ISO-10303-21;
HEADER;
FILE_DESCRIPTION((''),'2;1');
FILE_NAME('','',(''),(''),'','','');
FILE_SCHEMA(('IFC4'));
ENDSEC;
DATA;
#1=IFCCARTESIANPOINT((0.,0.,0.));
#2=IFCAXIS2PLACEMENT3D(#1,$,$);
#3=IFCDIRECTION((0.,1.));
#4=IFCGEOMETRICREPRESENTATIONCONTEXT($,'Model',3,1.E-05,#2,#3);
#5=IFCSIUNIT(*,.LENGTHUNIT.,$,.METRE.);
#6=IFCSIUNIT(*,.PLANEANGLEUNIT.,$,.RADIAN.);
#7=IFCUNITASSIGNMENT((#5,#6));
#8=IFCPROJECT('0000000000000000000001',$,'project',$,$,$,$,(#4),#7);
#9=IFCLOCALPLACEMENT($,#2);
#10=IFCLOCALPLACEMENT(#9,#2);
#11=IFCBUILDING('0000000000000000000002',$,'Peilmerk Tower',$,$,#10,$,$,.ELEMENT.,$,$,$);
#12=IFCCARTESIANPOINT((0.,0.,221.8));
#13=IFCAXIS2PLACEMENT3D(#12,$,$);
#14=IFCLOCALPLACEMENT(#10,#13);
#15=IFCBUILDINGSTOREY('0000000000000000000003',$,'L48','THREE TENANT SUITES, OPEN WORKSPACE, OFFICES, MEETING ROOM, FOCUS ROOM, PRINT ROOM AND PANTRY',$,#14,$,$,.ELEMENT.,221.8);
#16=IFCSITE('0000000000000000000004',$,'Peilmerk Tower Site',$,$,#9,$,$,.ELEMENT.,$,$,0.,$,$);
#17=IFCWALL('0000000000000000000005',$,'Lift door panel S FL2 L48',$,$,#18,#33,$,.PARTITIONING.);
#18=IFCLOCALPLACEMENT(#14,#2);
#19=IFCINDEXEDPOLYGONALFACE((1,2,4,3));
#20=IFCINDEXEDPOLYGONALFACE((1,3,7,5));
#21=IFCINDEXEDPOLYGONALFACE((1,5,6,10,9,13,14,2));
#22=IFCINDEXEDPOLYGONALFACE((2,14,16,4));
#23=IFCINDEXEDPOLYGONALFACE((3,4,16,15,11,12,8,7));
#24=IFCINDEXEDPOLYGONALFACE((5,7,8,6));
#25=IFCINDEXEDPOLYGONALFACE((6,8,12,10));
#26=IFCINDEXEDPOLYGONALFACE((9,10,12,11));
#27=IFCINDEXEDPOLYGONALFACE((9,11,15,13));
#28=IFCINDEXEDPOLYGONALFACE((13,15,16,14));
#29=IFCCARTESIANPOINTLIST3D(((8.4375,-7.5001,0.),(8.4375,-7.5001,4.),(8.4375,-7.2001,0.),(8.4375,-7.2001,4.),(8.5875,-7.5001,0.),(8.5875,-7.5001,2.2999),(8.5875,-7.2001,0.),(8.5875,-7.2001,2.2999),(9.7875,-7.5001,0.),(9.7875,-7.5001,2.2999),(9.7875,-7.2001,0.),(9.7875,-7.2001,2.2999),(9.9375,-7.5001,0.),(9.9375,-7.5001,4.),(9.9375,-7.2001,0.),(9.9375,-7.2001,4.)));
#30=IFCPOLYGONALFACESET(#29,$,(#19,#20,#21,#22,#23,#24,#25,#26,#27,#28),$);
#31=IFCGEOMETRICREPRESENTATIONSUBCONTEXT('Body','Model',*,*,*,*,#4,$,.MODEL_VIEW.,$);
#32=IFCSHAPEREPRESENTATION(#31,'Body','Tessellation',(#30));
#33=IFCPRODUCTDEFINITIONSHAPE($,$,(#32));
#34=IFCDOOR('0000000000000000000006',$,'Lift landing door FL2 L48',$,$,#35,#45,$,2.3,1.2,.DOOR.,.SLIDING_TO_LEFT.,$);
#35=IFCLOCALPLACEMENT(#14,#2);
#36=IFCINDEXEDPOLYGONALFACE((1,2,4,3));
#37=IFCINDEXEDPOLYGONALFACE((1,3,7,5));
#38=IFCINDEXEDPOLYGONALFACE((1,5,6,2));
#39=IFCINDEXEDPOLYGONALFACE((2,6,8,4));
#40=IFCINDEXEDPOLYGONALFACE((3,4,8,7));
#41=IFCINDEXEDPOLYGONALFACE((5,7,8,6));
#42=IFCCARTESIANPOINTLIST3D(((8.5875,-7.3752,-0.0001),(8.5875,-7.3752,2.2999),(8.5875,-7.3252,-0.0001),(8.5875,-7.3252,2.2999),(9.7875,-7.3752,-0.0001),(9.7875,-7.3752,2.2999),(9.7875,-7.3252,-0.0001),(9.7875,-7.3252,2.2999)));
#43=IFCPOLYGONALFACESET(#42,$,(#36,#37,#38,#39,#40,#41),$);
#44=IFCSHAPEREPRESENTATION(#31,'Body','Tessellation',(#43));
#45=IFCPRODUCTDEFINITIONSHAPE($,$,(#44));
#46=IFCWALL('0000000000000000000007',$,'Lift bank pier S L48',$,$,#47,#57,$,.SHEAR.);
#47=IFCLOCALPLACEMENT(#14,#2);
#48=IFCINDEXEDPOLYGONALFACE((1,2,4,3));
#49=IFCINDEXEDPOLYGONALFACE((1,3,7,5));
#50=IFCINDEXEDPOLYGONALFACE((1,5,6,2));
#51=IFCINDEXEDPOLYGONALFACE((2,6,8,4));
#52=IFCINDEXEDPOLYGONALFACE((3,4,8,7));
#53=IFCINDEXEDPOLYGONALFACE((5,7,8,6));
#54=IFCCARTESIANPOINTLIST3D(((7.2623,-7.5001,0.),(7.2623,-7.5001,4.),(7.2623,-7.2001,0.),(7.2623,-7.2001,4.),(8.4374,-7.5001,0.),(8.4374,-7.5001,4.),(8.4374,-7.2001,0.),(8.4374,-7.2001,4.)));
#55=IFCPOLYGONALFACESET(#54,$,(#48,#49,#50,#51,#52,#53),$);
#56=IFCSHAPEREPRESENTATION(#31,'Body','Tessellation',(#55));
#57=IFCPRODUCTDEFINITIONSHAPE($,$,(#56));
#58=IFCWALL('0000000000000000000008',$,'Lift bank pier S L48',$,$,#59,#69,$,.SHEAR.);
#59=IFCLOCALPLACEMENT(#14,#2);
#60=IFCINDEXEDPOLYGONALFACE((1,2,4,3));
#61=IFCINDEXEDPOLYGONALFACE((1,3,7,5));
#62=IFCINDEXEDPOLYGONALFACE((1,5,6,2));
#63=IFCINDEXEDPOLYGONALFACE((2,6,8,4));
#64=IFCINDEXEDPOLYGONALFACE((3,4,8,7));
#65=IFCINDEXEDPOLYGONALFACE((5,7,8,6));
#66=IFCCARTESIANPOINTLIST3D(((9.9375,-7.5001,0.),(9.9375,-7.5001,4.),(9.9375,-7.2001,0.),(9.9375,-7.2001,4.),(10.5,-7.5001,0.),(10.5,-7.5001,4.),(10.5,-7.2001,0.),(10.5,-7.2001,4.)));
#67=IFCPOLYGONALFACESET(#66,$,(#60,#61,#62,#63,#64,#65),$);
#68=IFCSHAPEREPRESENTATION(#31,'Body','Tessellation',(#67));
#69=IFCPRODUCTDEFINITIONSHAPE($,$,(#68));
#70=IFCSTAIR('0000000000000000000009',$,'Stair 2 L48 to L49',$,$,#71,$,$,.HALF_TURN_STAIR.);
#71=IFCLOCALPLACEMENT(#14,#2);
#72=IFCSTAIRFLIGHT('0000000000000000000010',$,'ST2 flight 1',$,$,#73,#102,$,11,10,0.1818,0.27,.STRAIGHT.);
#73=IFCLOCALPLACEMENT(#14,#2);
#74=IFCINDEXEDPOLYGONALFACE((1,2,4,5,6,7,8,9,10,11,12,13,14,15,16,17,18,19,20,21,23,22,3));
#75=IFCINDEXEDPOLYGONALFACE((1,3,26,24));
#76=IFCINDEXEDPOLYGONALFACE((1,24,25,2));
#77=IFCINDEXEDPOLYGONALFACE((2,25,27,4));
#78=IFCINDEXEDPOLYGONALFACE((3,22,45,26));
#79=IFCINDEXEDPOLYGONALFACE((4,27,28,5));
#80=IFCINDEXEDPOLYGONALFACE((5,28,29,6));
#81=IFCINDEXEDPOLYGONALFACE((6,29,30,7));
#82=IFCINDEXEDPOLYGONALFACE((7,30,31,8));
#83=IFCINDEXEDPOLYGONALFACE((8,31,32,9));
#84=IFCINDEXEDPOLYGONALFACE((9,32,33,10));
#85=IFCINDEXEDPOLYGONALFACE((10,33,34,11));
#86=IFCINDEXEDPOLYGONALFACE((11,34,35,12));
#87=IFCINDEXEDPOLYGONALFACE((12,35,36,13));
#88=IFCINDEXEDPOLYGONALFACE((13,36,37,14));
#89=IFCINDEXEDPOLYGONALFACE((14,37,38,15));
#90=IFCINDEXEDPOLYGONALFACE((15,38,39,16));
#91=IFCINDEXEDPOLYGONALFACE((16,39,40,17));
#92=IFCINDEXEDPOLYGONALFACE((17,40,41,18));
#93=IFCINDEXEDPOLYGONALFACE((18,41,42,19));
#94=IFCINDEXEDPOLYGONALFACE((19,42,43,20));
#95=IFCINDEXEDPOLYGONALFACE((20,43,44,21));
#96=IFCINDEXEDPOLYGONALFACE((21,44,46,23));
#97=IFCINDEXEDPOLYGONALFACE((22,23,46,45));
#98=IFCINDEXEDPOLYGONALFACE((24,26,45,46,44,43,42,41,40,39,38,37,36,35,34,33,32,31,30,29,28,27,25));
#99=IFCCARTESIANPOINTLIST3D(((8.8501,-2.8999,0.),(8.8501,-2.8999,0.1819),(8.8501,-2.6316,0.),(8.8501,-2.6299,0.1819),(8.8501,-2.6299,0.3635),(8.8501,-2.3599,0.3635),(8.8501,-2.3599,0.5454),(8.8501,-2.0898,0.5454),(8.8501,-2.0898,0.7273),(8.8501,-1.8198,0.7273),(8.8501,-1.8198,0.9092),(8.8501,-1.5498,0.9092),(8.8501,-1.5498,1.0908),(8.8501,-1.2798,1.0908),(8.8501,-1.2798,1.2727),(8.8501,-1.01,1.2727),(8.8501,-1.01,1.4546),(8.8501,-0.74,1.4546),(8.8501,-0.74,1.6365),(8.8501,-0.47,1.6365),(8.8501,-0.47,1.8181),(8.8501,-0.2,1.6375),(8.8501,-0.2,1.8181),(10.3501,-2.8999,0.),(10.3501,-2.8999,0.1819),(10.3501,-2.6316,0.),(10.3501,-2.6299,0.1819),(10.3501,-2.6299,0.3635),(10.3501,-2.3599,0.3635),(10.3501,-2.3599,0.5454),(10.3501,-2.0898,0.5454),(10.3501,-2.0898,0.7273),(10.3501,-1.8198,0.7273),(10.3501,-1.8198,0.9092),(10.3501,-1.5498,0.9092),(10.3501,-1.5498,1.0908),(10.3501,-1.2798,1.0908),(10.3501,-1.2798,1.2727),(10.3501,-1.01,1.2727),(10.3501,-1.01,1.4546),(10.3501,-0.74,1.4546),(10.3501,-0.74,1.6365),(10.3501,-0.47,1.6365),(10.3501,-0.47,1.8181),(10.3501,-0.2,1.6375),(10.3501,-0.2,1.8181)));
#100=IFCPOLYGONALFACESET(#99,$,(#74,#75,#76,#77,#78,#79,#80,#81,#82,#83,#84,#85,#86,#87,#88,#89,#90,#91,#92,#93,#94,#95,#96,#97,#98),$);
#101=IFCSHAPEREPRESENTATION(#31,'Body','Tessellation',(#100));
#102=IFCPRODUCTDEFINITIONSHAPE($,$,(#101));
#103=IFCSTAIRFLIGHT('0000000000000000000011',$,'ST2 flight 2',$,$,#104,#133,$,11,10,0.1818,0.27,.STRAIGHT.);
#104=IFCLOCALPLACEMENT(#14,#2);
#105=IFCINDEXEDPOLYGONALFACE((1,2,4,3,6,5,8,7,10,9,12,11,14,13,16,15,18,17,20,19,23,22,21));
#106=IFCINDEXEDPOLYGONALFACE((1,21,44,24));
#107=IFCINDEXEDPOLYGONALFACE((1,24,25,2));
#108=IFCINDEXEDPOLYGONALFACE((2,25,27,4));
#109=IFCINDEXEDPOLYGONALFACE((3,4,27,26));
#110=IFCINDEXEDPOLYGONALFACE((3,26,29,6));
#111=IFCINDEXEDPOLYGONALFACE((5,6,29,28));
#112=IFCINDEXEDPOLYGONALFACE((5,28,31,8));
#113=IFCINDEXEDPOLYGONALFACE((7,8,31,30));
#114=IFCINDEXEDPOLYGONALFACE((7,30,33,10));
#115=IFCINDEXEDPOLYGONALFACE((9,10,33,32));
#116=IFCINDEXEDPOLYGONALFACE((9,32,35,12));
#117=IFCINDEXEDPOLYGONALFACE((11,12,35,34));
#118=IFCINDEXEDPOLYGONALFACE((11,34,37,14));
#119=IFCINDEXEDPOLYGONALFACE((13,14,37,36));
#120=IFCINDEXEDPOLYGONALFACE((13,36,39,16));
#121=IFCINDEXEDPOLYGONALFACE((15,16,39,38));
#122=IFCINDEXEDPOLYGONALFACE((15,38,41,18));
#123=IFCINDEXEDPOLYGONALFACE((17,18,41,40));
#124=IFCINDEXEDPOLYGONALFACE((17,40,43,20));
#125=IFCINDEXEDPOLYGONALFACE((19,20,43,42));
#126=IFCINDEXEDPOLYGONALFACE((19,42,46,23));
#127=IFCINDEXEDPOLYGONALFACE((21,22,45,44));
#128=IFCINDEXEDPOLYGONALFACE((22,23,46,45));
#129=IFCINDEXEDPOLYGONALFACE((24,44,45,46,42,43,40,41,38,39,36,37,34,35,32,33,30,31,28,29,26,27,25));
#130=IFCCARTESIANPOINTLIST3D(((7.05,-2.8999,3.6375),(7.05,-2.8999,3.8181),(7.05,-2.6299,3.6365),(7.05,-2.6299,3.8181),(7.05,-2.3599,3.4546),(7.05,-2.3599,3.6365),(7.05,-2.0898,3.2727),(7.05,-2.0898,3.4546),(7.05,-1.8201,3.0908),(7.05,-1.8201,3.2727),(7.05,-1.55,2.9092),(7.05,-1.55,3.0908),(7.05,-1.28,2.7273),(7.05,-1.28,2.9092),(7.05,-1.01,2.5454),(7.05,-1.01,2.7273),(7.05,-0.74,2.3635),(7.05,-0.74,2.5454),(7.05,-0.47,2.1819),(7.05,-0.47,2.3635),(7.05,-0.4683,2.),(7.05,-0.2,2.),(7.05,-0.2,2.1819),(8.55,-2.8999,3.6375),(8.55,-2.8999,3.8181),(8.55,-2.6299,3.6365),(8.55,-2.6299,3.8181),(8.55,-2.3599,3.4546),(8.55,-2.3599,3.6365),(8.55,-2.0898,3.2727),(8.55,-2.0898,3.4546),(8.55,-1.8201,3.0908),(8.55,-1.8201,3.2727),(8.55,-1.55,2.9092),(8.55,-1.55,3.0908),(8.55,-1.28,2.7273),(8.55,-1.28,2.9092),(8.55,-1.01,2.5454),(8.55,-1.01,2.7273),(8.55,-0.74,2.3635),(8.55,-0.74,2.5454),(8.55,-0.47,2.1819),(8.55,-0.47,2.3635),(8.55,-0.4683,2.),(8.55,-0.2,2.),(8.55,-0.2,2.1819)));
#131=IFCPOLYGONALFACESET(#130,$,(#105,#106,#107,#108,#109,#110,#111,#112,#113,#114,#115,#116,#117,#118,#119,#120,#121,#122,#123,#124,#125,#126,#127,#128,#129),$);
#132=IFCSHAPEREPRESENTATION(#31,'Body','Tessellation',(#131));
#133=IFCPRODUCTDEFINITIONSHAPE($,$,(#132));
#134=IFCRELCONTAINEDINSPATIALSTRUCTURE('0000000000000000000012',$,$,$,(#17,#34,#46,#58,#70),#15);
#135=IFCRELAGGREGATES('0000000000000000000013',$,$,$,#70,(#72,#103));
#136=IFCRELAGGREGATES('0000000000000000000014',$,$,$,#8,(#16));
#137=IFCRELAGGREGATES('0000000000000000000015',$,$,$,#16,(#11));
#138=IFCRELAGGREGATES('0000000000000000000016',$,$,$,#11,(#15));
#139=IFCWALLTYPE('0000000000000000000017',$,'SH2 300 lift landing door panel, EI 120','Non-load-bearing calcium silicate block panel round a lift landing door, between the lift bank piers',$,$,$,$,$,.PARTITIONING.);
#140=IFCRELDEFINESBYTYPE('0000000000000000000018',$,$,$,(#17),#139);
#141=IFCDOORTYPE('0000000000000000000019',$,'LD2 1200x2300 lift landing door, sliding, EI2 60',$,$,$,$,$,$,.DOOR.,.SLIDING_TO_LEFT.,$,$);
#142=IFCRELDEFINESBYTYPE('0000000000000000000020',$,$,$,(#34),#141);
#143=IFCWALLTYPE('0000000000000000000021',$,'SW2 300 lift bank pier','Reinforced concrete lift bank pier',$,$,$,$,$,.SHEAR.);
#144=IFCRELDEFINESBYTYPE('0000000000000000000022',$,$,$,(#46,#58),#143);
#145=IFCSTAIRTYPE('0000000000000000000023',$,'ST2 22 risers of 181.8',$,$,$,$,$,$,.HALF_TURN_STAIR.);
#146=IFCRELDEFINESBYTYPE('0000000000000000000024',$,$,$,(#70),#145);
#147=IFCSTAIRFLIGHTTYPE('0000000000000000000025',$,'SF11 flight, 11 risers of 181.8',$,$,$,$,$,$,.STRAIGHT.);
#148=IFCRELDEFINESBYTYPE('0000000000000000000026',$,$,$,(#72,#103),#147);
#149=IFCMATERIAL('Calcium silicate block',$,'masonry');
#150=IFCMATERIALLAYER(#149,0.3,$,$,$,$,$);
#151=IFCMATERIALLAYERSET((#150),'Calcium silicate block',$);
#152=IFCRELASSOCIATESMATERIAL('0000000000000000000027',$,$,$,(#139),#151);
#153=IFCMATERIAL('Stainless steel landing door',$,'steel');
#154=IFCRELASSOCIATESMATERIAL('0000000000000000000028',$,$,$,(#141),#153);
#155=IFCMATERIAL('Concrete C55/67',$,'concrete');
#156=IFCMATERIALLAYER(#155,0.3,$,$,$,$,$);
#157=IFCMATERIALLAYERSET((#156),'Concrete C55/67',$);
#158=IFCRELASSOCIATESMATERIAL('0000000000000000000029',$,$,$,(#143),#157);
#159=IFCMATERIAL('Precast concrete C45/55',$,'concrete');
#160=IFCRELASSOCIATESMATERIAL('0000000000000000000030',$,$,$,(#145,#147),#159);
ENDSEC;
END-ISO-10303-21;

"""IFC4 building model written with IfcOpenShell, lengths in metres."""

from ifc_helpers import new_model, si_unit, direction, frame, frame_2d, origin, place, context, subcontext, project, spatial, polyline, rectangle, outline, extrude, material, layer, layer_set, type_object, element, fill, aggregate, save


model = new_model("IFC4")

# Units and contexts
model_context = context("Model", 3, precision=1e-05, world=origin(), true_north=direction((0.0, 1.0)))
body_context = subcontext(model_context, "Body", "Model", "MODEL_VIEW")
ifc_project = project(units=[si_unit("LENGTHUNIT", "METRE"), si_unit("PLANEANGLEUNIT", "RADIAN")], contexts=[model_context])

# Site, building, storey
site_placement = place(None, origin())
site = spatial("IfcSite", under=ifc_project, at=site_placement, Name="Peilmerk Tower Site", CompositionType="ELEMENT", RefElevation=0.0)
building_placement = place(site_placement, origin())
building = spatial("IfcBuilding", under=site, at=building_placement, Name="Peilmerk Tower", CompositionType="ELEMENT")
storey_placement = place(building_placement, frame((0.0, 0.0, 221.8)))
storey = spatial("IfcBuildingStorey", under=building, at=storey_placement, Name="L48", Description="THREE TENANT SUITES, OPEN WORKSPACE, OFFICES, MEETING ROOM, FOCUS ROOM, PRINT ROOM AND PANTRY", CompositionType="ELEMENT", Elevation=221.8)

# Wall, opening, door
ifc_material_1 = material(Name="Calcium silicate block", Category="masonry")
ifc_layer_1 = layer(ifc_material_1, 0.3)
ifc_layer_set_1 = layer_set([ifc_layer_1], Name="Calcium silicate block")
wall_type_1 = type_object("IfcWallType", Name="SH2 300 lift landing door panel, EI 120", Description="Non-load-bearing calcium silicate block panel round a lift landing door, between the lift bank piers", PredefinedType="PARTITIONING", material=ifc_layer_set_1)
wall_1_placement = place(storey_placement, frame((8.4375, -7.3501, 0.0), z_axis=(0.0, 0.0, 1.0), x_axis=(1.0, 0.0, 0.0)))
wall_1 = element("IfcWall", 1, at=wall_1_placement, inside=storey, type_object=wall_type_1, Name="Lift door panel S FL2 L48", PredefinedType="PARTITIONING", context=body_context, shape_type="SweptSolid", body=[
    extrude(rectangle(XDim=1.5, YDim=0.3, at=frame_2d((0.75, 0.0))), origin(), (0.0, 0.0, 1.0), 4.0),
])
opening_1_placement = place(wall_1_placement, frame((0.1499, 0.0, 0.0)))
opening_1 = element("IfcOpeningElement", 2, at=opening_1_placement, cuts=wall_1, PredefinedType="OPENING", context=body_context, shape_type="SweptSolid", body=[
    extrude(rectangle(XDim=1.2, YDim=2.3, at=frame_2d((0.6001, 1.1499))), frame((0.0, 0.1599, 0.0), z_axis=(0.0, -1.0, 0.0), x_axis=(1.0, 0.0, 0.0)), (0.0, 0.0, 1.0), 0.3201),
])
ifc_material_2 = material(Name="Stainless steel landing door", Category="steel")
door_type_1 = type_object("IfcDoorType", Name="LD2 1200x2300 lift landing door, sliding, EI2 60", OperationType="SLIDING_TO_LEFT", PredefinedType="DOOR", material=ifc_material_2)
door_1_placement = place(opening_1_placement, origin())
door_1 = element("IfcDoor", 3, at=door_1_placement, inside=storey, type_object=door_type_1, Name="Lift landing door FL2 L48", OperationType="SLIDING_TO_LEFT", OverallHeight=2.3, OverallWidth=1.2, PredefinedType="DOOR", context=body_context, shape_type="SweptSolid", body=[
    extrude(rectangle(XDim=1.2, YDim=2.3, at=frame_2d((0.6001, 1.1499))), frame((0.0, 0.0249, 0.0), z_axis=(0.0, -1.0, 0.0), x_axis=(1.0, 0.0, 0.0)), (0.0, 0.0, 1.0), 0.05),
])
fill(opening_1, door_1)

# Walls
ifc_material_3 = material(Name="Concrete C55/67", Category="concrete")
ifc_layer_2 = layer(ifc_material_3, 0.3)
ifc_layer_set_2 = layer_set([ifc_layer_2], Name="Concrete C55/67")
wall_type_2 = type_object("IfcWallType", Name="SW2 300 lift bank pier", Description="Reinforced concrete lift bank pier", PredefinedType="SHEAR", material=ifc_layer_set_2)
wall_2_placement = place(storey_placement, frame((7.2625, -7.3501, 0.0), z_axis=(0.0, 0.0, 1.0), x_axis=(1.0, 0.0, 0.0)))
element("IfcWall", 4, at=wall_2_placement, inside=storey, type_object=wall_type_2, Name="Lift bank pier S L48", PredefinedType="SHEAR", context=body_context, shape_type="SweptSolid", body=[
    extrude(rectangle(XDim=1.175, YDim=0.3, at=frame_2d((0.5874, 0.0))), origin(), (0.0, 0.0, 1.0), 4.0),
])
wall_3_placement = place(storey_placement, frame((9.9375, -7.3501, 0.0), z_axis=(0.0, 0.0, 1.0), x_axis=(1.0, 0.0, 0.0)))
element("IfcWall", 5, at=wall_3_placement, inside=storey, type_object=wall_type_2, Name="Lift bank pier S L48", PredefinedType="SHEAR", context=body_context, shape_type="SweptSolid", body=[
    extrude(rectangle(XDim=0.5625, YDim=0.3, at=frame_2d((0.2812, 0.0))), origin(), (0.0, 0.0, 1.0), 4.0),
])

# Stair, stair flights
ifc_material_4 = material(Name="Precast concrete C45/55", Category="concrete")
stair_type = type_object("IfcStairType", Name="ST2 22 risers of 181.8", PredefinedType="HALF_TURN_STAIR", material=ifc_material_4)
stair_placement = place(storey_placement, origin())
stair = element("IfcStair", 6, at=stair_placement, inside=storey, type_object=stair_type, Name="Stair 2 L48 to L49", PredefinedType="HALF_TURN_STAIR")
stair_flight_type = type_object("IfcStairFlightType", Name="SF11 flight, 11 risers of 181.8", PredefinedType="STRAIGHT", material=ifc_material_4)
stair_flight_1_placement = place(storey_placement, frame((9.6001, -2.8999, 0.0), z_axis=(0.0, 0.0, 1.0), x_axis=(0.0, 1.0, 0.0)))
stair_flight_1 = element("IfcStairFlight", 7, at=stair_flight_1_placement, type_object=stair_flight_type, Name="ST2 flight 1", NumberOfRisers=11, NumberOfTreads=10, PredefinedType="STRAIGHT", RiserHeight=0.1818, TreadLength=0.27, context=body_context, shape_type="SweptSolid", body=[
    extrude(outline(polyline([(0.0, 0.0), (0.0, 0.1819), (0.27, 0.1819), (0.27, 0.3635), (0.54, 0.3635), (0.54, 0.5454), (0.8101, 0.5454), (0.8101, 0.7273), (1.0801, 0.7273), (1.0801, 0.9092), (1.3501, 0.9092), (1.3501, 1.0908), (1.6201, 1.0908), (1.6201, 1.2727), (1.8899, 1.2727), (1.8899, 1.4546), (2.1599, 1.4546), (2.1599, 1.6365), (2.4299, 1.6365), (2.4299, 1.8181), (2.7, 1.8181), (2.7, 2.0), (2.7, 1.6375), (0.2683, 0.0), (0.0, 0.0)])), frame((0.0, 0.75, 0.0), z_axis=(0.0, -1.0, 0.0), x_axis=(1.0, 0.0, 0.0)), (0.0, 0.0, 1.0), 1.5),
])
stair_flight_2_placement = place(storey_placement, frame((7.8, -0.2, 2.0), z_axis=(0.0, 0.0, 1.0), x_axis=(0.0, -1.0, 0.0)))
stair_flight_2 = element("IfcStairFlight", 8, at=stair_flight_2_placement, type_object=stair_flight_type, Name="ST2 flight 2", NumberOfRisers=11, NumberOfTreads=10, PredefinedType="STRAIGHT", RiserHeight=0.1818, TreadLength=0.27, context=body_context, shape_type="SweptSolid", body=[
    extrude(outline(polyline([(0.0, 0.0), (0.0, 0.1819), (0.27, 0.1819), (0.27, 0.3635), (0.54, 0.3635), (0.54, 0.5454), (0.8101, 0.5454), (0.8101, 0.7273), (1.0801, 0.7273), (1.0801, 0.9092), (1.3501, 0.9092), (1.3501, 1.0908), (1.6201, 1.0908), (1.6201, 1.2727), (1.8899, 1.2727), (1.8899, 1.4546), (2.1599, 1.4546), (2.1599, 1.6365), (2.4299, 1.6365), (2.4299, 1.8181), (2.7, 1.8181), (2.7, 2.0), (2.7, 1.6375), (0.2683, 0.0), (0.0, 0.0)])), frame((0.0, 0.75, 0.0), z_axis=(0.0, -1.0, 0.0), x_axis=(1.0, 0.0, 0.0)), (0.0, 0.0, 1.0), 1.5),
])
aggregate(stair, [stair_flight_1, stair_flight_2])

save(model, "model.ifc")
